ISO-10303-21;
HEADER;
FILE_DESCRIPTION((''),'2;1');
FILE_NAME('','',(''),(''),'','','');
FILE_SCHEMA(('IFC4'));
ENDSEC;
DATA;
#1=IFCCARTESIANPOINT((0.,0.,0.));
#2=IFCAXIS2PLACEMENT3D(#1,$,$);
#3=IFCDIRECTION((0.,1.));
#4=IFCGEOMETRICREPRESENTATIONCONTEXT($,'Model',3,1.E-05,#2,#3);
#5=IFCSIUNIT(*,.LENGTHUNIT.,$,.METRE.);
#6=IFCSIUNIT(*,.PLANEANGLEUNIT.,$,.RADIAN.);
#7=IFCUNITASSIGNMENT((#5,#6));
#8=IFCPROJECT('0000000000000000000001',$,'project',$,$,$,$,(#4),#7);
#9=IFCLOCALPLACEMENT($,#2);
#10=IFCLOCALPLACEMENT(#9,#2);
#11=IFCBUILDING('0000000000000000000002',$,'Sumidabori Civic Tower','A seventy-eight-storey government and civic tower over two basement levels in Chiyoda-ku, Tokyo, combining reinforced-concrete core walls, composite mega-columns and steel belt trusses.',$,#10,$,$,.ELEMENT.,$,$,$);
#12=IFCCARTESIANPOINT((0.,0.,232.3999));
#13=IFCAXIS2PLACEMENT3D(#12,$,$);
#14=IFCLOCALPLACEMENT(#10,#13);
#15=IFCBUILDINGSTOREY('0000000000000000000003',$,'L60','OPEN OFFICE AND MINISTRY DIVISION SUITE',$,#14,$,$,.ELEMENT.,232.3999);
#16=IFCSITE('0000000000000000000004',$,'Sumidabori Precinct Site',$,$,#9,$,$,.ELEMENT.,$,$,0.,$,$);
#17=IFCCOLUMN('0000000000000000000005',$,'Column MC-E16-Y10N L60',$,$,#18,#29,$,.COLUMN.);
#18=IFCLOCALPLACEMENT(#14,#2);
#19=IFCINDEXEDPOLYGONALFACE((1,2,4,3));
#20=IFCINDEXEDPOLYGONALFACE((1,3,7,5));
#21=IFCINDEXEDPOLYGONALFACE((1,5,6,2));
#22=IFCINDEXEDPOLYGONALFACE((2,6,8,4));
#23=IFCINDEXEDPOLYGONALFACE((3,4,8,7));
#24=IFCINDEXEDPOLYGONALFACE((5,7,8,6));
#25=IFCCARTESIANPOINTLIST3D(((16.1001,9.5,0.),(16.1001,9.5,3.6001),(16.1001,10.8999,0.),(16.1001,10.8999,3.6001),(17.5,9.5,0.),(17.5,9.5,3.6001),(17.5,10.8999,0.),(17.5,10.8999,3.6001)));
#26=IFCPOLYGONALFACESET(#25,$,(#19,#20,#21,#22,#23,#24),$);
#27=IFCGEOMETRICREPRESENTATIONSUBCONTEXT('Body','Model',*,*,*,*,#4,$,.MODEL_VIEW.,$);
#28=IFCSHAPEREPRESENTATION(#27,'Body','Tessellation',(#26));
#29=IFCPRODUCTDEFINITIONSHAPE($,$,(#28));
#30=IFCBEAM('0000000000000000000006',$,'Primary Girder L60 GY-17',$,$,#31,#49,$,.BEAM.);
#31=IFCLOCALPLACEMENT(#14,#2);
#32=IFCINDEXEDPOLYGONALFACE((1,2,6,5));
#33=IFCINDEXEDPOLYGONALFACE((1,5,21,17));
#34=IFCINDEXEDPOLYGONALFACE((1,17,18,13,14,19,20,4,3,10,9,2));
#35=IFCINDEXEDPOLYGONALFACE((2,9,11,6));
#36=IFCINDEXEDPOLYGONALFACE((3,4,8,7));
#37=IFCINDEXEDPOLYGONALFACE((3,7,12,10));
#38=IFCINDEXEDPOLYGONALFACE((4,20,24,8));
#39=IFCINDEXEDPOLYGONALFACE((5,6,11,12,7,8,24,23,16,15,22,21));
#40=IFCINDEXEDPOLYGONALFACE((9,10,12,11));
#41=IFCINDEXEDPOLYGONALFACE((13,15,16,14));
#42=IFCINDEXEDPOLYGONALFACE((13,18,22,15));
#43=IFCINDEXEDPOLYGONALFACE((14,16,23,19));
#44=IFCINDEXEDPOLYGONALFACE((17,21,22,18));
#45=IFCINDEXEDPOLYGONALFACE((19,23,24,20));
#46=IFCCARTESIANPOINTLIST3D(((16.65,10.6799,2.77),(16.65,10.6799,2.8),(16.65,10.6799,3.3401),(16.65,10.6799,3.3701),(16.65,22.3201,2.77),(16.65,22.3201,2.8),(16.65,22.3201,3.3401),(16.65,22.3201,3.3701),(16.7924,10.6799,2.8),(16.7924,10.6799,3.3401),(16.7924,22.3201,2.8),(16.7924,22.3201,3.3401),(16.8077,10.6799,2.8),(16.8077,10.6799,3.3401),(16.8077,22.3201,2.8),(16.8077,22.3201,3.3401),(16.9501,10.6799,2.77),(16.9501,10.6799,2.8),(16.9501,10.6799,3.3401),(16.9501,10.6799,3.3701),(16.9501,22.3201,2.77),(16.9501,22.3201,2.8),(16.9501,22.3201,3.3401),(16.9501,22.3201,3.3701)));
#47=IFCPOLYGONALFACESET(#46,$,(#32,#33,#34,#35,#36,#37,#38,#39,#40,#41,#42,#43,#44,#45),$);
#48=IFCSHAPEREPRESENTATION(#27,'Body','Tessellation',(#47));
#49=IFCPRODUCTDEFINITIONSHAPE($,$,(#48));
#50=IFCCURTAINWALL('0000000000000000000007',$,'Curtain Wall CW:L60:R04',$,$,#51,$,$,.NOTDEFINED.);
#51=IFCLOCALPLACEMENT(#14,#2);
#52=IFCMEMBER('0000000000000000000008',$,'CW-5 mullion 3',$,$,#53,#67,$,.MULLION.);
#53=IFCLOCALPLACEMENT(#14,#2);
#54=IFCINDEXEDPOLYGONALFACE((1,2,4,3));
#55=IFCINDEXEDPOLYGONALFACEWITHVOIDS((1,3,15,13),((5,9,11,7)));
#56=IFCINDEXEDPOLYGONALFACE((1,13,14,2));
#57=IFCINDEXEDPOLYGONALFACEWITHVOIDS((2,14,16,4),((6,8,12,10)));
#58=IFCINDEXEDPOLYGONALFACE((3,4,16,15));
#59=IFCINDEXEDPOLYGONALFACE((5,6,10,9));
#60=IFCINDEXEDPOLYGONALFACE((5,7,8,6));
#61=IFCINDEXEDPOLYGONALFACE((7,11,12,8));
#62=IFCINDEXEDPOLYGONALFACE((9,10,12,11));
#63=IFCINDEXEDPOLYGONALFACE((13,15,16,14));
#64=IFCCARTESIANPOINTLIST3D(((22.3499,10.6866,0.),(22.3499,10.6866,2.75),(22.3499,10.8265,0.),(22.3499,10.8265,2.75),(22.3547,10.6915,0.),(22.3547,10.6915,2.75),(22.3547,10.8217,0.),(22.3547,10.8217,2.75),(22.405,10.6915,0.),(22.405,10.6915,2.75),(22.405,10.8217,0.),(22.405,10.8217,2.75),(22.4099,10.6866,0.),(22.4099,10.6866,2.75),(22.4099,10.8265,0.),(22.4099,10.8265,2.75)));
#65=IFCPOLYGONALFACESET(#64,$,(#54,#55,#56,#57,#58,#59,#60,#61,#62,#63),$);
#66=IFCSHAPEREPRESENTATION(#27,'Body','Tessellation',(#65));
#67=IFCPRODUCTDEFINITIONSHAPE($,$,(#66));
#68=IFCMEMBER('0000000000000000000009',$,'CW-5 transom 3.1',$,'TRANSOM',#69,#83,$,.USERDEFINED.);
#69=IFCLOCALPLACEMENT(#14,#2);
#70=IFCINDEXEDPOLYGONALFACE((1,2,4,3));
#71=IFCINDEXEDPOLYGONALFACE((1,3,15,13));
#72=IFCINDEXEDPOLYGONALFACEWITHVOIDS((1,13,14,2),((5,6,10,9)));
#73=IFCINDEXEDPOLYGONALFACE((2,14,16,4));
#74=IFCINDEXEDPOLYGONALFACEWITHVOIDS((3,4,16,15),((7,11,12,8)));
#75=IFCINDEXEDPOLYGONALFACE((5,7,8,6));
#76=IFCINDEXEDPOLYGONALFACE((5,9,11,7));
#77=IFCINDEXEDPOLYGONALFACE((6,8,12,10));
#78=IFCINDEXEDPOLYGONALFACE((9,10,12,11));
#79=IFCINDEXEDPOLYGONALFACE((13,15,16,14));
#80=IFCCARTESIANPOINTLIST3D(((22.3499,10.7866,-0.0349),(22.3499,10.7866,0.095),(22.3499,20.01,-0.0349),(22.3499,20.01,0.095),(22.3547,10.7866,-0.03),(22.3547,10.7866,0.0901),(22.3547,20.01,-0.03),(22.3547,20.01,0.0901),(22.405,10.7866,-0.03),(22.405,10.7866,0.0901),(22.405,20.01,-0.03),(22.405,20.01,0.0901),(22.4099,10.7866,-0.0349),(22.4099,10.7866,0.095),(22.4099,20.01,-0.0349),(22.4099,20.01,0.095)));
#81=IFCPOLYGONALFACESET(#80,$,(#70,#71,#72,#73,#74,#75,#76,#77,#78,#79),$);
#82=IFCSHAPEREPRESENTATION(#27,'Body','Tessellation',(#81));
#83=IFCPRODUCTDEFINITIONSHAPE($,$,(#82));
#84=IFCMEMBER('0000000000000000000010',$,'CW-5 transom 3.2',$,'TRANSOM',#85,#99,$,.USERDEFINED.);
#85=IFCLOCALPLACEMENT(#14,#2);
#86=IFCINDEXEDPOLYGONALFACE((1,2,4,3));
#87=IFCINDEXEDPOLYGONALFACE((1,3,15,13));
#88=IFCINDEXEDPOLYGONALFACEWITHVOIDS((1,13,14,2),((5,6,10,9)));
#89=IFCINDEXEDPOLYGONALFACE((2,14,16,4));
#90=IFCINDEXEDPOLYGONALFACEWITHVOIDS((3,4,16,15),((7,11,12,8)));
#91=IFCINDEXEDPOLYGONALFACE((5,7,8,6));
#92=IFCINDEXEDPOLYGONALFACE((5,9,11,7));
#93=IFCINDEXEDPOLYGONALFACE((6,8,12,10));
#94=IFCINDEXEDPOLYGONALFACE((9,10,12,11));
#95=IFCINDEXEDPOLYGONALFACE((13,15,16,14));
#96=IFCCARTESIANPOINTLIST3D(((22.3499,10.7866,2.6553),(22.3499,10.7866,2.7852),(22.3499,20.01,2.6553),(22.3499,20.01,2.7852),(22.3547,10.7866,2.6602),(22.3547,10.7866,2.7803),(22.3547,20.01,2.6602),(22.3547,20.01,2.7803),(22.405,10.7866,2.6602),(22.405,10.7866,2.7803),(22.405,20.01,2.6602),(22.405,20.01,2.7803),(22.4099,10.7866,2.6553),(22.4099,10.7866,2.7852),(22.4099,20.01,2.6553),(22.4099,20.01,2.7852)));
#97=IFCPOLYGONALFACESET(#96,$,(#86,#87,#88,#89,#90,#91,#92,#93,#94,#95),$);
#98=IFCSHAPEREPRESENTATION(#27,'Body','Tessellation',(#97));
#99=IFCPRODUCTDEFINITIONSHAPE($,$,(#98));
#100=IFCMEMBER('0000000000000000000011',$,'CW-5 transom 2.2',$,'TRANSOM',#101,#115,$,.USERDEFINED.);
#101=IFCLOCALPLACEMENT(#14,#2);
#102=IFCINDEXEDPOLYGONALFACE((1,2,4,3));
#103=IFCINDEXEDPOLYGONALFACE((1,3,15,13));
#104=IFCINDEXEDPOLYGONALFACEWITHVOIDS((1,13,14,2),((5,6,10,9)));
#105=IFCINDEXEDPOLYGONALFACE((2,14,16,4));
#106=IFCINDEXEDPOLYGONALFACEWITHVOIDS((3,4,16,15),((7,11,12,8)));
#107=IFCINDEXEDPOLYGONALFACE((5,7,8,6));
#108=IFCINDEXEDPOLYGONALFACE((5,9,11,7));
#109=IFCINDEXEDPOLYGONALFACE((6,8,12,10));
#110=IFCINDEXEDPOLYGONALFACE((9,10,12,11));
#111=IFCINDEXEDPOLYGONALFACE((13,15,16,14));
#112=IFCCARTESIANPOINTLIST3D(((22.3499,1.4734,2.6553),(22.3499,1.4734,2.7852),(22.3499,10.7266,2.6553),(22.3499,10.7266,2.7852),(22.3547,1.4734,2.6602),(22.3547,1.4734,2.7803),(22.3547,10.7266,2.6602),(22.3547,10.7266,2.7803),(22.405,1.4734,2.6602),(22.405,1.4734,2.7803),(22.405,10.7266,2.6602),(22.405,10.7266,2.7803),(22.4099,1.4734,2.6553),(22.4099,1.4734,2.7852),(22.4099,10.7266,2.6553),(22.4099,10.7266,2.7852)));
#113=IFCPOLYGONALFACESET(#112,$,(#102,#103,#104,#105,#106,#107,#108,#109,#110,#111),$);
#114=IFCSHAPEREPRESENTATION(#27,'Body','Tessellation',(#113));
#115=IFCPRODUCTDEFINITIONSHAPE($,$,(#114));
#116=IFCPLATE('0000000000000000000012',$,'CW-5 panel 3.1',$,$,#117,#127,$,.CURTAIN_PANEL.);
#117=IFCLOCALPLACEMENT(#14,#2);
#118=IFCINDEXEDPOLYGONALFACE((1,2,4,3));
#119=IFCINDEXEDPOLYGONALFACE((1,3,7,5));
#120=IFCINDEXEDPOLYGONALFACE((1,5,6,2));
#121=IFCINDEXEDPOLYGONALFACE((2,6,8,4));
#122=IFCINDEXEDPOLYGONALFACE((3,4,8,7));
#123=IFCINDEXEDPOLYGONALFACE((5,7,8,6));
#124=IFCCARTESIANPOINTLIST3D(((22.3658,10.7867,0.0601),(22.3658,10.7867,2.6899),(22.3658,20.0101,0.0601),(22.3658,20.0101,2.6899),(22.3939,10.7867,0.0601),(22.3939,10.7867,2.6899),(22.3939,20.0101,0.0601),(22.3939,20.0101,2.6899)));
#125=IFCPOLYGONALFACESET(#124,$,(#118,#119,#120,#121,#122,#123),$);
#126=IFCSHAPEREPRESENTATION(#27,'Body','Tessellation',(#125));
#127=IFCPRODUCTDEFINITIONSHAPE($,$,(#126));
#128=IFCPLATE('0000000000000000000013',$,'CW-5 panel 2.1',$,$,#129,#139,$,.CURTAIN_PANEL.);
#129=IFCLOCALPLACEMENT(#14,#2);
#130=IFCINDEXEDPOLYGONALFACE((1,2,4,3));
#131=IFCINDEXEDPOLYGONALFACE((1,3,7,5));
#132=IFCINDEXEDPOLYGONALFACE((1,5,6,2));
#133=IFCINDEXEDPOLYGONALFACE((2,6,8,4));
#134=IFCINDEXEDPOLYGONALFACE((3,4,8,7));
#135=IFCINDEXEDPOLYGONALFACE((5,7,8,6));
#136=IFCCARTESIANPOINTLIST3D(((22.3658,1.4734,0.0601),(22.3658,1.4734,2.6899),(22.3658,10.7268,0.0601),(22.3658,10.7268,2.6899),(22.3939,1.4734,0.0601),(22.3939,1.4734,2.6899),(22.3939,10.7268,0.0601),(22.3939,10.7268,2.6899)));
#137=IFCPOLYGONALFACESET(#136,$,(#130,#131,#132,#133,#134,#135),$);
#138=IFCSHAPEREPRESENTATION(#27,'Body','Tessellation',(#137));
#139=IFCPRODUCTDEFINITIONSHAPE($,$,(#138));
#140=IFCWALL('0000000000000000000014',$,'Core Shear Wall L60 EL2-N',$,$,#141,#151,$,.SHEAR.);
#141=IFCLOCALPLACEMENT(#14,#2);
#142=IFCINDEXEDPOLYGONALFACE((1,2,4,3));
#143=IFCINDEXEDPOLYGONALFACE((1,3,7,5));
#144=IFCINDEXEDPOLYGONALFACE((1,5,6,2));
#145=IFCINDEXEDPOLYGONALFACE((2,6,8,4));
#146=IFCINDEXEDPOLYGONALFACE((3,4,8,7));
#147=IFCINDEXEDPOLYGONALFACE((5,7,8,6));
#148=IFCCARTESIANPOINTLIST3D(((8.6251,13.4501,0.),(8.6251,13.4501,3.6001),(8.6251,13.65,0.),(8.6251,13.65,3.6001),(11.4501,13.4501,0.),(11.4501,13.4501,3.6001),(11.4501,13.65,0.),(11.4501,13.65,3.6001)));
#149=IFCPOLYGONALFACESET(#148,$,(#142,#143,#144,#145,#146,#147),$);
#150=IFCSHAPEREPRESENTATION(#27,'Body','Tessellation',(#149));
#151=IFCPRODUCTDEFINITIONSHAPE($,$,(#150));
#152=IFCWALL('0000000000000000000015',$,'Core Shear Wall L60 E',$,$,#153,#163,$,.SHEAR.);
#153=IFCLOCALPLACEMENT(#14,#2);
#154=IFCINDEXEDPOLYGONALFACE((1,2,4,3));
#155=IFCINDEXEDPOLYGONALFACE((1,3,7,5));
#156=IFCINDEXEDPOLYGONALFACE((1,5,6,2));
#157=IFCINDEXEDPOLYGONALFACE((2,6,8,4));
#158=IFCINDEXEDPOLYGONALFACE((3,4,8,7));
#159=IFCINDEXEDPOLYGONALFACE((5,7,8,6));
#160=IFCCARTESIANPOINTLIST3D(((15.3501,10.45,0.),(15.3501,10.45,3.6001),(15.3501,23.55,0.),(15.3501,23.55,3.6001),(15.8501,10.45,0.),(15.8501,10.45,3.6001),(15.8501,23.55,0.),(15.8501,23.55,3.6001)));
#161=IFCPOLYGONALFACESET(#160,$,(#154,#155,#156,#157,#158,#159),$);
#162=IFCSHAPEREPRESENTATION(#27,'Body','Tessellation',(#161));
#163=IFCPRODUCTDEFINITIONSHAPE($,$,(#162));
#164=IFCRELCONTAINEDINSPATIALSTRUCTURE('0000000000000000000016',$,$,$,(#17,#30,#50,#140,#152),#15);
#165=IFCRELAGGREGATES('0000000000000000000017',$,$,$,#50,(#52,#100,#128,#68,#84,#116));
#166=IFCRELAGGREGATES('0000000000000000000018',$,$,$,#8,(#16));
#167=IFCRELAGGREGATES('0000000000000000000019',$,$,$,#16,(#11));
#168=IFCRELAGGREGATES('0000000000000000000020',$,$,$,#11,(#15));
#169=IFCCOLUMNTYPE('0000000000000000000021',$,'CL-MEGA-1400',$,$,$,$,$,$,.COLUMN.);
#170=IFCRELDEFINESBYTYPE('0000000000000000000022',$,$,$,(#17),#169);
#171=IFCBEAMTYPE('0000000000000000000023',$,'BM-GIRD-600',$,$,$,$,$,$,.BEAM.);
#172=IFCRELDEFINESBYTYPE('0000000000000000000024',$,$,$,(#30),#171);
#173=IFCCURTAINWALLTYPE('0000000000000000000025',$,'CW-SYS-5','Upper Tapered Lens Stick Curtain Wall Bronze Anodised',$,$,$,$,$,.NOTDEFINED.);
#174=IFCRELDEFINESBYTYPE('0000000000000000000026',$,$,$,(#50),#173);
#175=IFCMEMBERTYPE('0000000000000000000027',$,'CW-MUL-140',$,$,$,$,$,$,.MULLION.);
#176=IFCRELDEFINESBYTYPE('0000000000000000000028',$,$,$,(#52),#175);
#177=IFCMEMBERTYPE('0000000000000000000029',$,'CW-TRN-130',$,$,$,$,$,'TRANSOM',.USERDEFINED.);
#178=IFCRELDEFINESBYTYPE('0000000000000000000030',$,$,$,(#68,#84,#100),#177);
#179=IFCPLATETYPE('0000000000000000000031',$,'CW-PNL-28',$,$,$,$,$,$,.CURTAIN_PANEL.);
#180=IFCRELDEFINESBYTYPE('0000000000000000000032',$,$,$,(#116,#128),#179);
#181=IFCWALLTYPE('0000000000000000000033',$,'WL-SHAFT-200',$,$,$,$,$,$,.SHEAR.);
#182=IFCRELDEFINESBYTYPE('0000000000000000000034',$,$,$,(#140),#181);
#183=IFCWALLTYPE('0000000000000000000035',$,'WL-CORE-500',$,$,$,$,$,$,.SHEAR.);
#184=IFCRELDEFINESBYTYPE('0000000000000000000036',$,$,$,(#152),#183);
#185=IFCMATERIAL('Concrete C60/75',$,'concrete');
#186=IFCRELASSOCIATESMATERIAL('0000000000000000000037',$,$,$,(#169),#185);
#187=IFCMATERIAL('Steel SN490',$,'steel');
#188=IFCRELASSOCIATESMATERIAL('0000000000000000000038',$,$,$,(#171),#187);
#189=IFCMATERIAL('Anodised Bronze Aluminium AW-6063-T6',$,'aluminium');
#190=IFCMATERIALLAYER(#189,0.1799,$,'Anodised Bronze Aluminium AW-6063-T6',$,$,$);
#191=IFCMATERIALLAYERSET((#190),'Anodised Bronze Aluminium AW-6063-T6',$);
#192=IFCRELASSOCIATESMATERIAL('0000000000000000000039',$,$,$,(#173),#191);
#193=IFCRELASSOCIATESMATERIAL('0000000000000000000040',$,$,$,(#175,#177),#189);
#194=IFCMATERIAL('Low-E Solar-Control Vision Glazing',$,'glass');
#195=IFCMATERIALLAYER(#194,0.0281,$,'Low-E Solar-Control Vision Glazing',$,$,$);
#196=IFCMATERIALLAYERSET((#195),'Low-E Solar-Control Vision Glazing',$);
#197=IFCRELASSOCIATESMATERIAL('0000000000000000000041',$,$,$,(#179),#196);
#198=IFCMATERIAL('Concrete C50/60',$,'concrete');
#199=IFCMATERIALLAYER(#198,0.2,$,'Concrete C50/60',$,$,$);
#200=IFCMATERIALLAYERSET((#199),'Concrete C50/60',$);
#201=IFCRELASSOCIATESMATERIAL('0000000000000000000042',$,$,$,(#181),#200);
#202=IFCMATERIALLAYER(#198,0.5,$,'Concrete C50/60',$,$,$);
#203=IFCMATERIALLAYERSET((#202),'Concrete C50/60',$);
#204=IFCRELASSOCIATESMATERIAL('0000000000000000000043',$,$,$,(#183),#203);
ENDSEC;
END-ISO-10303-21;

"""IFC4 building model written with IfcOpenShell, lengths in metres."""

from ifc_helpers import new_model, si_unit, direction, frame, frame_2d, origin, origin_2d, place, context, subcontext, project, spatial, rectangle, hollow_rectangle, i_section, extrude, source, transform, mapped, material, layer, layer_set, material_profile, profile_set, type_object, element, aggregate, save


model = new_model("IFC4")

# Units and contexts
model_context = context("Model", 3, precision=1e-05, world=origin(), true_north=direction((0.0, 1.0)))
body_context = subcontext(model_context, "Body", "Model", "MODEL_VIEW")
ifc_project = project(units=[si_unit("LENGTHUNIT", "METRE"), si_unit("PLANEANGLEUNIT", "RADIAN")], contexts=[model_context])

# Site, building, storey
site_placement = place(None, origin())
site = spatial("IfcSite", under=ifc_project, at=site_placement, Name="Sumidabori Precinct Site", CompositionType="ELEMENT", RefElevation=0.0)
building_placement = place(site_placement, origin())
building = spatial("IfcBuilding", under=site, at=building_placement, Name="Sumidabori Civic Tower", Description="A seventy-eight-storey government and civic tower over two basement levels in Chiyoda-ku, Tokyo, combining reinforced-concrete core walls, composite mega-columns and steel belt trusses.", CompositionType="ELEMENT")
storey_placement = place(building_placement, frame((0.0, 0.0, 232.3999)))
storey = spatial("IfcBuildingStorey", under=building, at=storey_placement, Name="L60", Description="OPEN OFFICE AND MINISTRY DIVISION SUITE", CompositionType="ELEMENT", Elevation=232.3999)

# Column
ifc_material_1 = material(Name="Concrete C60/75", Category="concrete")
ifc_material_profile_1 = material_profile(ifc_material_1, rectangle(XDim=1.3999, YDim=1.3999, at=origin_2d()), Name="RC 1400x1400")
ifc_profile_set_1 = profile_set([ifc_material_profile_1], Name="Concrete C60/75")
column_type = type_object("IfcColumnType", Name="CL-MEGA-1400", PredefinedType="COLUMN", material=ifc_profile_set_1)
shared_shape_1 = source(origin(), body_context, "Body", "SweptSolid", [
    extrude(rectangle(XDim=1.3999, YDim=1.3999, at=origin_2d()), origin(), (0.0, 0.0, 1.0), 3.6001),
])
column_placement = place(storey_placement, frame((16.8, 10.2, 0.0), z_axis=(0.0, 0.0, 1.0), x_axis=(1.0, 0.0, 0.0)))
element("IfcColumn", 1, at=column_placement, inside=storey, type_object=column_type, Name="Column MC-E16-Y10N L60", PredefinedType="COLUMN", context=body_context, shape_type="MappedRepresentation", body=[
    mapped(shared_shape_1, transform((0.0, 0.0, 0.0), x_axis=(1.0, 0.0, 0.0), y_axis=(0.0, 1.0, 0.0), z_axis=(0.0, 0.0, 1.0), scale=1.0)),
])

# Beam
ifc_material_2 = material(Name="Steel SN490", Category="steel")
ifc_material_profile_2 = material_profile(ifc_material_2, i_section(OverallWidth=0.3, OverallDepth=0.6001, WebThickness=0.0154, FlangeThickness=0.03, at=origin_2d()), Name="HE 600 B")
ifc_profile_set_2 = profile_set([ifc_material_profile_2], Name="Steel SN490")
beam_type = type_object("IfcBeamType", Name="BM-GIRD-600", PredefinedType="BEAM", material=ifc_profile_set_2)
shared_shape_2 = source(origin(), body_context, "Body", "SweptSolid", [
    extrude(i_section(OverallWidth=0.3, OverallDepth=0.6001, WebThickness=0.0154, FlangeThickness=0.03, at=origin_2d()), origin(), (0.0, 0.0, 1.0), 11.6401),
])
beam_placement = place(storey_placement, frame((16.8, 10.6799, 3.0701), z_axis=(0.0, 1.0, 0.0), x_axis=(-1.0, 0.0, 0.0)))
element("IfcBeam", 2, at=beam_placement, inside=storey, type_object=beam_type, Name="Primary Girder L60 GY-17", PredefinedType="BEAM", context=body_context, shape_type="MappedRepresentation", body=[
    mapped(shared_shape_2, transform((0.0, 0.0, 0.0), x_axis=(1.0, 0.0, 0.0), y_axis=(0.0, 1.0, 0.0), z_axis=(0.0, 0.0, 1.0), scale=1.0)),
])

# Curtain wall, members, plates
ifc_material_3 = material(Name="Anodised Bronze Aluminium AW-6063-T6", Category="aluminium")
ifc_layer_1 = layer(ifc_material_3, 0.1799, Name="Anodised Bronze Aluminium AW-6063-T6")
ifc_layer_set_1 = layer_set([ifc_layer_1], Name="Anodised Bronze Aluminium AW-6063-T6")
curtain_wall_type = type_object("IfcCurtainWallType", Name="CW-SYS-5", Description="Upper Tapered Lens Stick Curtain Wall Bronze Anodised", PredefinedType="NOTDEFINED", material=ifc_layer_set_1)
curtain_wall_placement = place(storey_placement, origin())
curtain_wall = element("IfcCurtainWall", 3, at=curtain_wall_placement, inside=storey, type_object=curtain_wall_type, Name="Curtain Wall CW:L60:R04", PredefinedType="NOTDEFINED")
ifc_material_profile_3 = material_profile(ifc_material_3, hollow_rectangle(XDim=0.0601, YDim=0.1399, WallThickness=0.0049, at=origin_2d()), Name="ALU MULLION 140x60")
ifc_profile_set_3 = profile_set([ifc_material_profile_3], Name="Anodised Bronze Aluminium AW-6063-T6")
member_type_1 = type_object("IfcMemberType", Name="CW-MUL-140", PredefinedType="MULLION", material=ifc_profile_set_3)
shared_shape_3 = source(origin(), body_context, "Body", "SweptSolid", [
    extrude(hollow_rectangle(XDim=0.0601, YDim=0.1399, WallThickness=0.0049, at=origin_2d()), origin(), (0.0, 0.0, 1.0), 2.75),
])
member_1_placement = place(storey_placement, frame((22.3799, 10.7566, 0.0), z_axis=(0.0, 0.0, 1.0), x_axis=(-1.0, 0.0, 0.0)))
member_1 = element("IfcMember", 4, at=member_1_placement, type_object=member_type_1, Name="CW-5 mullion 3", PredefinedType="MULLION", context=body_context, shape_type="MappedRepresentation", body=[
    mapped(shared_shape_3, transform((0.0, 0.0, 0.0), x_axis=(1.0, 0.0, 0.0), y_axis=(0.0, 1.0, 0.0), z_axis=(0.0, 0.0, 1.0), scale=1.0)),
])
ifc_material_profile_4 = material_profile(ifc_material_3, hollow_rectangle(XDim=0.0601, YDim=0.1299, WallThickness=0.0049, at=origin_2d()), Name="ALU TRANSOM 130x60")
ifc_profile_set_4 = profile_set([ifc_material_profile_4], Name="Anodised Bronze Aluminium AW-6063-T6")
member_type_2 = type_object("IfcMemberType", Name="CW-TRN-130", ElementType="TRANSOM", PredefinedType="USERDEFINED", material=ifc_profile_set_4)
shared_shape_4 = source(origin(), body_context, "Body", "SweptSolid", [
    extrude(hollow_rectangle(XDim=0.0601, YDim=0.1299, WallThickness=0.0049, at=origin_2d()), origin(), (0.0, 0.0, 1.0), 9.2234),
])
member_2_placement = place(storey_placement, frame((22.3799, 10.7866, 0.03), z_axis=(0.0, 1.0, 0.0), x_axis=(-1.0, 0.0, 0.0)))
member_2 = element("IfcMember", 5, at=member_2_placement, type_object=member_type_2, Name="CW-5 transom 3.1", ObjectType="TRANSOM", PredefinedType="USERDEFINED", context=body_context, shape_type="MappedRepresentation", body=[
    mapped(shared_shape_4, transform((0.0, 0.0, 0.0), x_axis=(1.0, 0.0, 0.0), y_axis=(0.0, 1.0, 0.0), z_axis=(0.0, 0.0, 1.0), scale=1.0)),
])
member_3_placement = place(storey_placement, frame((22.3799, 10.7866, 2.7202), z_axis=(0.0, 1.0, 0.0), x_axis=(-1.0, 0.0, 0.0)))
member_3 = element("IfcMember", 6, at=member_3_placement, type_object=member_type_2, Name="CW-5 transom 3.2", ObjectType="TRANSOM", PredefinedType="USERDEFINED", context=body_context, shape_type="MappedRepresentation", body=[
    mapped(shared_shape_4, transform((0.0, 0.0, 0.0), x_axis=(1.0, 0.0, 0.0), y_axis=(0.0, 1.0, 0.0), z_axis=(0.0, 0.0, 1.0), scale=1.0)),
])
shared_shape_5 = source(origin(), body_context, "Body", "SweptSolid", [
    extrude(hollow_rectangle(XDim=0.0601, YDim=0.1299, WallThickness=0.0049, at=origin_2d()), origin(), (0.0, 0.0, 1.0), 9.2532),
])
member_4_placement = place(storey_placement, frame((22.3799, 1.4734, 2.7202), z_axis=(0.0, 1.0, 0.0), x_axis=(-1.0, 0.0, 0.0)))
member_4 = element("IfcMember", 7, at=member_4_placement, type_object=member_type_2, Name="CW-5 transom 2.2", ObjectType="TRANSOM", PredefinedType="USERDEFINED", context=body_context, shape_type="MappedRepresentation", body=[
    mapped(shared_shape_5, transform((0.0, 0.0, 0.0), x_axis=(1.0, 0.0, 0.0), y_axis=(0.0, 1.0, 0.0), z_axis=(0.0, 0.0, 1.0), scale=1.0)),
])
ifc_material_4 = material(Name="Low-E Solar-Control Vision Glazing", Category="glass")
ifc_layer_2 = layer(ifc_material_4, 0.0281, Name="Low-E Solar-Control Vision Glazing")
ifc_layer_set_2 = layer_set([ifc_layer_2], Name="Low-E Solar-Control Vision Glazing")
plate_type = type_object("IfcPlateType", Name="CW-PNL-28", PredefinedType="CURTAIN_PANEL", material=ifc_layer_set_2)
shared_shape_6 = source(origin(), body_context, "Body", "SweptSolid", [
    extrude(rectangle(XDim=9.2234, YDim=0.0281, at=origin_2d()), origin(), (0.0, 0.0, 1.0), 2.6299),
])
plate_1_placement = place(storey_placement, frame((22.3799, 15.3984, 0.0601), z_axis=(0.0, 0.0, 1.0), x_axis=(0.0, 1.0, 0.0)))
plate_1 = element("IfcPlate", 8, at=plate_1_placement, type_object=plate_type, Name="CW-5 panel 3.1", PredefinedType="CURTAIN_PANEL", context=body_context, shape_type="MappedRepresentation", body=[
    mapped(shared_shape_6, transform((0.0, 0.0, 0.0), x_axis=(1.0, 0.0, 0.0), y_axis=(0.0, 1.0, 0.0), z_axis=(0.0, 0.0, 1.0), scale=1.0)),
])
shared_shape_7 = source(origin(), body_context, "Body", "SweptSolid", [
    extrude(rectangle(XDim=9.2534, YDim=0.0281, at=origin_2d()), origin(), (0.0, 0.0, 1.0), 2.6299),
])
plate_2_placement = place(storey_placement, frame((22.3799, 6.1001, 0.0601), z_axis=(0.0, 0.0, 1.0), x_axis=(0.0, 1.0, 0.0)))
plate_2 = element("IfcPlate", 9, at=plate_2_placement, type_object=plate_type, Name="CW-5 panel 2.1", PredefinedType="CURTAIN_PANEL", context=body_context, shape_type="MappedRepresentation", body=[
    mapped(shared_shape_7, transform((0.0, 0.0, 0.0), x_axis=(1.0, 0.0, 0.0), y_axis=(0.0, 1.0, 0.0), z_axis=(0.0, 0.0, 1.0), scale=1.0)),
])
aggregate(curtain_wall, [member_1, member_4, plate_2, member_2, member_3, plate_1])

# Walls
ifc_material_5 = material(Name="Concrete C50/60", Category="concrete")
ifc_layer_3 = layer(ifc_material_5, 0.2, Name="Concrete C50/60")
ifc_layer_set_3 = layer_set([ifc_layer_3], Name="Concrete C50/60")
wall_type_1 = type_object("IfcWallType", Name="WL-SHAFT-200", PredefinedType="SHEAR", material=ifc_layer_set_3)
shared_shape_8 = source(origin(), body_context, "Body", "SweptSolid", [
    extrude(rectangle(XDim=2.825, YDim=0.2, at=frame_2d((1.4126, 0.0))), origin(), (0.0, 0.0, 1.0), 3.6001),
])
wall_1_placement = place(storey_placement, frame((8.625, 13.55, 0.0), z_axis=(0.0, 0.0, 1.0), x_axis=(1.0, 0.0, 0.0)))
element("IfcWall", 10, at=wall_1_placement, inside=storey, type_object=wall_type_1, Name="Core Shear Wall L60 EL2-N", PredefinedType="SHEAR", context=body_context, shape_type="MappedRepresentation", body=[
    mapped(shared_shape_8, transform((0.0, 0.0, 0.0), x_axis=(1.0, 0.0, 0.0), y_axis=(0.0, 1.0, 0.0), z_axis=(0.0, 0.0, 1.0), scale=1.0)),
])
ifc_layer_4 = layer(ifc_material_5, 0.5, Name="Concrete C50/60")
ifc_layer_set_4 = layer_set([ifc_layer_4], Name="Concrete C50/60")
wall_type_2 = type_object("IfcWallType", Name="WL-CORE-500", PredefinedType="SHEAR", material=ifc_layer_set_4)
shared_shape_9 = source(origin(), body_context, "Body", "SweptSolid", [
    extrude(rectangle(XDim=13.1001, YDim=0.5, at=frame_2d((6.55, 0.0))), origin(), (0.0, 0.0, 1.0), 3.6001),
])
wall_2_placement = place(storey_placement, frame((15.6001, 10.45, 0.0), z_axis=(0.0, 0.0, 1.0), x_axis=(0.0, 1.0, 0.0)))
element("IfcWall", 11, at=wall_2_placement, inside=storey, type_object=wall_type_2, Name="Core Shear Wall L60 E", PredefinedType="SHEAR", context=body_context, shape_type="MappedRepresentation", body=[
    mapped(shared_shape_9, transform((0.0, 0.0, 0.0), x_axis=(1.0, 0.0, 0.0), y_axis=(0.0, 1.0, 0.0), z_axis=(0.0, 0.0, 1.0), scale=1.0)),
])

save(model, "model.ifc")
